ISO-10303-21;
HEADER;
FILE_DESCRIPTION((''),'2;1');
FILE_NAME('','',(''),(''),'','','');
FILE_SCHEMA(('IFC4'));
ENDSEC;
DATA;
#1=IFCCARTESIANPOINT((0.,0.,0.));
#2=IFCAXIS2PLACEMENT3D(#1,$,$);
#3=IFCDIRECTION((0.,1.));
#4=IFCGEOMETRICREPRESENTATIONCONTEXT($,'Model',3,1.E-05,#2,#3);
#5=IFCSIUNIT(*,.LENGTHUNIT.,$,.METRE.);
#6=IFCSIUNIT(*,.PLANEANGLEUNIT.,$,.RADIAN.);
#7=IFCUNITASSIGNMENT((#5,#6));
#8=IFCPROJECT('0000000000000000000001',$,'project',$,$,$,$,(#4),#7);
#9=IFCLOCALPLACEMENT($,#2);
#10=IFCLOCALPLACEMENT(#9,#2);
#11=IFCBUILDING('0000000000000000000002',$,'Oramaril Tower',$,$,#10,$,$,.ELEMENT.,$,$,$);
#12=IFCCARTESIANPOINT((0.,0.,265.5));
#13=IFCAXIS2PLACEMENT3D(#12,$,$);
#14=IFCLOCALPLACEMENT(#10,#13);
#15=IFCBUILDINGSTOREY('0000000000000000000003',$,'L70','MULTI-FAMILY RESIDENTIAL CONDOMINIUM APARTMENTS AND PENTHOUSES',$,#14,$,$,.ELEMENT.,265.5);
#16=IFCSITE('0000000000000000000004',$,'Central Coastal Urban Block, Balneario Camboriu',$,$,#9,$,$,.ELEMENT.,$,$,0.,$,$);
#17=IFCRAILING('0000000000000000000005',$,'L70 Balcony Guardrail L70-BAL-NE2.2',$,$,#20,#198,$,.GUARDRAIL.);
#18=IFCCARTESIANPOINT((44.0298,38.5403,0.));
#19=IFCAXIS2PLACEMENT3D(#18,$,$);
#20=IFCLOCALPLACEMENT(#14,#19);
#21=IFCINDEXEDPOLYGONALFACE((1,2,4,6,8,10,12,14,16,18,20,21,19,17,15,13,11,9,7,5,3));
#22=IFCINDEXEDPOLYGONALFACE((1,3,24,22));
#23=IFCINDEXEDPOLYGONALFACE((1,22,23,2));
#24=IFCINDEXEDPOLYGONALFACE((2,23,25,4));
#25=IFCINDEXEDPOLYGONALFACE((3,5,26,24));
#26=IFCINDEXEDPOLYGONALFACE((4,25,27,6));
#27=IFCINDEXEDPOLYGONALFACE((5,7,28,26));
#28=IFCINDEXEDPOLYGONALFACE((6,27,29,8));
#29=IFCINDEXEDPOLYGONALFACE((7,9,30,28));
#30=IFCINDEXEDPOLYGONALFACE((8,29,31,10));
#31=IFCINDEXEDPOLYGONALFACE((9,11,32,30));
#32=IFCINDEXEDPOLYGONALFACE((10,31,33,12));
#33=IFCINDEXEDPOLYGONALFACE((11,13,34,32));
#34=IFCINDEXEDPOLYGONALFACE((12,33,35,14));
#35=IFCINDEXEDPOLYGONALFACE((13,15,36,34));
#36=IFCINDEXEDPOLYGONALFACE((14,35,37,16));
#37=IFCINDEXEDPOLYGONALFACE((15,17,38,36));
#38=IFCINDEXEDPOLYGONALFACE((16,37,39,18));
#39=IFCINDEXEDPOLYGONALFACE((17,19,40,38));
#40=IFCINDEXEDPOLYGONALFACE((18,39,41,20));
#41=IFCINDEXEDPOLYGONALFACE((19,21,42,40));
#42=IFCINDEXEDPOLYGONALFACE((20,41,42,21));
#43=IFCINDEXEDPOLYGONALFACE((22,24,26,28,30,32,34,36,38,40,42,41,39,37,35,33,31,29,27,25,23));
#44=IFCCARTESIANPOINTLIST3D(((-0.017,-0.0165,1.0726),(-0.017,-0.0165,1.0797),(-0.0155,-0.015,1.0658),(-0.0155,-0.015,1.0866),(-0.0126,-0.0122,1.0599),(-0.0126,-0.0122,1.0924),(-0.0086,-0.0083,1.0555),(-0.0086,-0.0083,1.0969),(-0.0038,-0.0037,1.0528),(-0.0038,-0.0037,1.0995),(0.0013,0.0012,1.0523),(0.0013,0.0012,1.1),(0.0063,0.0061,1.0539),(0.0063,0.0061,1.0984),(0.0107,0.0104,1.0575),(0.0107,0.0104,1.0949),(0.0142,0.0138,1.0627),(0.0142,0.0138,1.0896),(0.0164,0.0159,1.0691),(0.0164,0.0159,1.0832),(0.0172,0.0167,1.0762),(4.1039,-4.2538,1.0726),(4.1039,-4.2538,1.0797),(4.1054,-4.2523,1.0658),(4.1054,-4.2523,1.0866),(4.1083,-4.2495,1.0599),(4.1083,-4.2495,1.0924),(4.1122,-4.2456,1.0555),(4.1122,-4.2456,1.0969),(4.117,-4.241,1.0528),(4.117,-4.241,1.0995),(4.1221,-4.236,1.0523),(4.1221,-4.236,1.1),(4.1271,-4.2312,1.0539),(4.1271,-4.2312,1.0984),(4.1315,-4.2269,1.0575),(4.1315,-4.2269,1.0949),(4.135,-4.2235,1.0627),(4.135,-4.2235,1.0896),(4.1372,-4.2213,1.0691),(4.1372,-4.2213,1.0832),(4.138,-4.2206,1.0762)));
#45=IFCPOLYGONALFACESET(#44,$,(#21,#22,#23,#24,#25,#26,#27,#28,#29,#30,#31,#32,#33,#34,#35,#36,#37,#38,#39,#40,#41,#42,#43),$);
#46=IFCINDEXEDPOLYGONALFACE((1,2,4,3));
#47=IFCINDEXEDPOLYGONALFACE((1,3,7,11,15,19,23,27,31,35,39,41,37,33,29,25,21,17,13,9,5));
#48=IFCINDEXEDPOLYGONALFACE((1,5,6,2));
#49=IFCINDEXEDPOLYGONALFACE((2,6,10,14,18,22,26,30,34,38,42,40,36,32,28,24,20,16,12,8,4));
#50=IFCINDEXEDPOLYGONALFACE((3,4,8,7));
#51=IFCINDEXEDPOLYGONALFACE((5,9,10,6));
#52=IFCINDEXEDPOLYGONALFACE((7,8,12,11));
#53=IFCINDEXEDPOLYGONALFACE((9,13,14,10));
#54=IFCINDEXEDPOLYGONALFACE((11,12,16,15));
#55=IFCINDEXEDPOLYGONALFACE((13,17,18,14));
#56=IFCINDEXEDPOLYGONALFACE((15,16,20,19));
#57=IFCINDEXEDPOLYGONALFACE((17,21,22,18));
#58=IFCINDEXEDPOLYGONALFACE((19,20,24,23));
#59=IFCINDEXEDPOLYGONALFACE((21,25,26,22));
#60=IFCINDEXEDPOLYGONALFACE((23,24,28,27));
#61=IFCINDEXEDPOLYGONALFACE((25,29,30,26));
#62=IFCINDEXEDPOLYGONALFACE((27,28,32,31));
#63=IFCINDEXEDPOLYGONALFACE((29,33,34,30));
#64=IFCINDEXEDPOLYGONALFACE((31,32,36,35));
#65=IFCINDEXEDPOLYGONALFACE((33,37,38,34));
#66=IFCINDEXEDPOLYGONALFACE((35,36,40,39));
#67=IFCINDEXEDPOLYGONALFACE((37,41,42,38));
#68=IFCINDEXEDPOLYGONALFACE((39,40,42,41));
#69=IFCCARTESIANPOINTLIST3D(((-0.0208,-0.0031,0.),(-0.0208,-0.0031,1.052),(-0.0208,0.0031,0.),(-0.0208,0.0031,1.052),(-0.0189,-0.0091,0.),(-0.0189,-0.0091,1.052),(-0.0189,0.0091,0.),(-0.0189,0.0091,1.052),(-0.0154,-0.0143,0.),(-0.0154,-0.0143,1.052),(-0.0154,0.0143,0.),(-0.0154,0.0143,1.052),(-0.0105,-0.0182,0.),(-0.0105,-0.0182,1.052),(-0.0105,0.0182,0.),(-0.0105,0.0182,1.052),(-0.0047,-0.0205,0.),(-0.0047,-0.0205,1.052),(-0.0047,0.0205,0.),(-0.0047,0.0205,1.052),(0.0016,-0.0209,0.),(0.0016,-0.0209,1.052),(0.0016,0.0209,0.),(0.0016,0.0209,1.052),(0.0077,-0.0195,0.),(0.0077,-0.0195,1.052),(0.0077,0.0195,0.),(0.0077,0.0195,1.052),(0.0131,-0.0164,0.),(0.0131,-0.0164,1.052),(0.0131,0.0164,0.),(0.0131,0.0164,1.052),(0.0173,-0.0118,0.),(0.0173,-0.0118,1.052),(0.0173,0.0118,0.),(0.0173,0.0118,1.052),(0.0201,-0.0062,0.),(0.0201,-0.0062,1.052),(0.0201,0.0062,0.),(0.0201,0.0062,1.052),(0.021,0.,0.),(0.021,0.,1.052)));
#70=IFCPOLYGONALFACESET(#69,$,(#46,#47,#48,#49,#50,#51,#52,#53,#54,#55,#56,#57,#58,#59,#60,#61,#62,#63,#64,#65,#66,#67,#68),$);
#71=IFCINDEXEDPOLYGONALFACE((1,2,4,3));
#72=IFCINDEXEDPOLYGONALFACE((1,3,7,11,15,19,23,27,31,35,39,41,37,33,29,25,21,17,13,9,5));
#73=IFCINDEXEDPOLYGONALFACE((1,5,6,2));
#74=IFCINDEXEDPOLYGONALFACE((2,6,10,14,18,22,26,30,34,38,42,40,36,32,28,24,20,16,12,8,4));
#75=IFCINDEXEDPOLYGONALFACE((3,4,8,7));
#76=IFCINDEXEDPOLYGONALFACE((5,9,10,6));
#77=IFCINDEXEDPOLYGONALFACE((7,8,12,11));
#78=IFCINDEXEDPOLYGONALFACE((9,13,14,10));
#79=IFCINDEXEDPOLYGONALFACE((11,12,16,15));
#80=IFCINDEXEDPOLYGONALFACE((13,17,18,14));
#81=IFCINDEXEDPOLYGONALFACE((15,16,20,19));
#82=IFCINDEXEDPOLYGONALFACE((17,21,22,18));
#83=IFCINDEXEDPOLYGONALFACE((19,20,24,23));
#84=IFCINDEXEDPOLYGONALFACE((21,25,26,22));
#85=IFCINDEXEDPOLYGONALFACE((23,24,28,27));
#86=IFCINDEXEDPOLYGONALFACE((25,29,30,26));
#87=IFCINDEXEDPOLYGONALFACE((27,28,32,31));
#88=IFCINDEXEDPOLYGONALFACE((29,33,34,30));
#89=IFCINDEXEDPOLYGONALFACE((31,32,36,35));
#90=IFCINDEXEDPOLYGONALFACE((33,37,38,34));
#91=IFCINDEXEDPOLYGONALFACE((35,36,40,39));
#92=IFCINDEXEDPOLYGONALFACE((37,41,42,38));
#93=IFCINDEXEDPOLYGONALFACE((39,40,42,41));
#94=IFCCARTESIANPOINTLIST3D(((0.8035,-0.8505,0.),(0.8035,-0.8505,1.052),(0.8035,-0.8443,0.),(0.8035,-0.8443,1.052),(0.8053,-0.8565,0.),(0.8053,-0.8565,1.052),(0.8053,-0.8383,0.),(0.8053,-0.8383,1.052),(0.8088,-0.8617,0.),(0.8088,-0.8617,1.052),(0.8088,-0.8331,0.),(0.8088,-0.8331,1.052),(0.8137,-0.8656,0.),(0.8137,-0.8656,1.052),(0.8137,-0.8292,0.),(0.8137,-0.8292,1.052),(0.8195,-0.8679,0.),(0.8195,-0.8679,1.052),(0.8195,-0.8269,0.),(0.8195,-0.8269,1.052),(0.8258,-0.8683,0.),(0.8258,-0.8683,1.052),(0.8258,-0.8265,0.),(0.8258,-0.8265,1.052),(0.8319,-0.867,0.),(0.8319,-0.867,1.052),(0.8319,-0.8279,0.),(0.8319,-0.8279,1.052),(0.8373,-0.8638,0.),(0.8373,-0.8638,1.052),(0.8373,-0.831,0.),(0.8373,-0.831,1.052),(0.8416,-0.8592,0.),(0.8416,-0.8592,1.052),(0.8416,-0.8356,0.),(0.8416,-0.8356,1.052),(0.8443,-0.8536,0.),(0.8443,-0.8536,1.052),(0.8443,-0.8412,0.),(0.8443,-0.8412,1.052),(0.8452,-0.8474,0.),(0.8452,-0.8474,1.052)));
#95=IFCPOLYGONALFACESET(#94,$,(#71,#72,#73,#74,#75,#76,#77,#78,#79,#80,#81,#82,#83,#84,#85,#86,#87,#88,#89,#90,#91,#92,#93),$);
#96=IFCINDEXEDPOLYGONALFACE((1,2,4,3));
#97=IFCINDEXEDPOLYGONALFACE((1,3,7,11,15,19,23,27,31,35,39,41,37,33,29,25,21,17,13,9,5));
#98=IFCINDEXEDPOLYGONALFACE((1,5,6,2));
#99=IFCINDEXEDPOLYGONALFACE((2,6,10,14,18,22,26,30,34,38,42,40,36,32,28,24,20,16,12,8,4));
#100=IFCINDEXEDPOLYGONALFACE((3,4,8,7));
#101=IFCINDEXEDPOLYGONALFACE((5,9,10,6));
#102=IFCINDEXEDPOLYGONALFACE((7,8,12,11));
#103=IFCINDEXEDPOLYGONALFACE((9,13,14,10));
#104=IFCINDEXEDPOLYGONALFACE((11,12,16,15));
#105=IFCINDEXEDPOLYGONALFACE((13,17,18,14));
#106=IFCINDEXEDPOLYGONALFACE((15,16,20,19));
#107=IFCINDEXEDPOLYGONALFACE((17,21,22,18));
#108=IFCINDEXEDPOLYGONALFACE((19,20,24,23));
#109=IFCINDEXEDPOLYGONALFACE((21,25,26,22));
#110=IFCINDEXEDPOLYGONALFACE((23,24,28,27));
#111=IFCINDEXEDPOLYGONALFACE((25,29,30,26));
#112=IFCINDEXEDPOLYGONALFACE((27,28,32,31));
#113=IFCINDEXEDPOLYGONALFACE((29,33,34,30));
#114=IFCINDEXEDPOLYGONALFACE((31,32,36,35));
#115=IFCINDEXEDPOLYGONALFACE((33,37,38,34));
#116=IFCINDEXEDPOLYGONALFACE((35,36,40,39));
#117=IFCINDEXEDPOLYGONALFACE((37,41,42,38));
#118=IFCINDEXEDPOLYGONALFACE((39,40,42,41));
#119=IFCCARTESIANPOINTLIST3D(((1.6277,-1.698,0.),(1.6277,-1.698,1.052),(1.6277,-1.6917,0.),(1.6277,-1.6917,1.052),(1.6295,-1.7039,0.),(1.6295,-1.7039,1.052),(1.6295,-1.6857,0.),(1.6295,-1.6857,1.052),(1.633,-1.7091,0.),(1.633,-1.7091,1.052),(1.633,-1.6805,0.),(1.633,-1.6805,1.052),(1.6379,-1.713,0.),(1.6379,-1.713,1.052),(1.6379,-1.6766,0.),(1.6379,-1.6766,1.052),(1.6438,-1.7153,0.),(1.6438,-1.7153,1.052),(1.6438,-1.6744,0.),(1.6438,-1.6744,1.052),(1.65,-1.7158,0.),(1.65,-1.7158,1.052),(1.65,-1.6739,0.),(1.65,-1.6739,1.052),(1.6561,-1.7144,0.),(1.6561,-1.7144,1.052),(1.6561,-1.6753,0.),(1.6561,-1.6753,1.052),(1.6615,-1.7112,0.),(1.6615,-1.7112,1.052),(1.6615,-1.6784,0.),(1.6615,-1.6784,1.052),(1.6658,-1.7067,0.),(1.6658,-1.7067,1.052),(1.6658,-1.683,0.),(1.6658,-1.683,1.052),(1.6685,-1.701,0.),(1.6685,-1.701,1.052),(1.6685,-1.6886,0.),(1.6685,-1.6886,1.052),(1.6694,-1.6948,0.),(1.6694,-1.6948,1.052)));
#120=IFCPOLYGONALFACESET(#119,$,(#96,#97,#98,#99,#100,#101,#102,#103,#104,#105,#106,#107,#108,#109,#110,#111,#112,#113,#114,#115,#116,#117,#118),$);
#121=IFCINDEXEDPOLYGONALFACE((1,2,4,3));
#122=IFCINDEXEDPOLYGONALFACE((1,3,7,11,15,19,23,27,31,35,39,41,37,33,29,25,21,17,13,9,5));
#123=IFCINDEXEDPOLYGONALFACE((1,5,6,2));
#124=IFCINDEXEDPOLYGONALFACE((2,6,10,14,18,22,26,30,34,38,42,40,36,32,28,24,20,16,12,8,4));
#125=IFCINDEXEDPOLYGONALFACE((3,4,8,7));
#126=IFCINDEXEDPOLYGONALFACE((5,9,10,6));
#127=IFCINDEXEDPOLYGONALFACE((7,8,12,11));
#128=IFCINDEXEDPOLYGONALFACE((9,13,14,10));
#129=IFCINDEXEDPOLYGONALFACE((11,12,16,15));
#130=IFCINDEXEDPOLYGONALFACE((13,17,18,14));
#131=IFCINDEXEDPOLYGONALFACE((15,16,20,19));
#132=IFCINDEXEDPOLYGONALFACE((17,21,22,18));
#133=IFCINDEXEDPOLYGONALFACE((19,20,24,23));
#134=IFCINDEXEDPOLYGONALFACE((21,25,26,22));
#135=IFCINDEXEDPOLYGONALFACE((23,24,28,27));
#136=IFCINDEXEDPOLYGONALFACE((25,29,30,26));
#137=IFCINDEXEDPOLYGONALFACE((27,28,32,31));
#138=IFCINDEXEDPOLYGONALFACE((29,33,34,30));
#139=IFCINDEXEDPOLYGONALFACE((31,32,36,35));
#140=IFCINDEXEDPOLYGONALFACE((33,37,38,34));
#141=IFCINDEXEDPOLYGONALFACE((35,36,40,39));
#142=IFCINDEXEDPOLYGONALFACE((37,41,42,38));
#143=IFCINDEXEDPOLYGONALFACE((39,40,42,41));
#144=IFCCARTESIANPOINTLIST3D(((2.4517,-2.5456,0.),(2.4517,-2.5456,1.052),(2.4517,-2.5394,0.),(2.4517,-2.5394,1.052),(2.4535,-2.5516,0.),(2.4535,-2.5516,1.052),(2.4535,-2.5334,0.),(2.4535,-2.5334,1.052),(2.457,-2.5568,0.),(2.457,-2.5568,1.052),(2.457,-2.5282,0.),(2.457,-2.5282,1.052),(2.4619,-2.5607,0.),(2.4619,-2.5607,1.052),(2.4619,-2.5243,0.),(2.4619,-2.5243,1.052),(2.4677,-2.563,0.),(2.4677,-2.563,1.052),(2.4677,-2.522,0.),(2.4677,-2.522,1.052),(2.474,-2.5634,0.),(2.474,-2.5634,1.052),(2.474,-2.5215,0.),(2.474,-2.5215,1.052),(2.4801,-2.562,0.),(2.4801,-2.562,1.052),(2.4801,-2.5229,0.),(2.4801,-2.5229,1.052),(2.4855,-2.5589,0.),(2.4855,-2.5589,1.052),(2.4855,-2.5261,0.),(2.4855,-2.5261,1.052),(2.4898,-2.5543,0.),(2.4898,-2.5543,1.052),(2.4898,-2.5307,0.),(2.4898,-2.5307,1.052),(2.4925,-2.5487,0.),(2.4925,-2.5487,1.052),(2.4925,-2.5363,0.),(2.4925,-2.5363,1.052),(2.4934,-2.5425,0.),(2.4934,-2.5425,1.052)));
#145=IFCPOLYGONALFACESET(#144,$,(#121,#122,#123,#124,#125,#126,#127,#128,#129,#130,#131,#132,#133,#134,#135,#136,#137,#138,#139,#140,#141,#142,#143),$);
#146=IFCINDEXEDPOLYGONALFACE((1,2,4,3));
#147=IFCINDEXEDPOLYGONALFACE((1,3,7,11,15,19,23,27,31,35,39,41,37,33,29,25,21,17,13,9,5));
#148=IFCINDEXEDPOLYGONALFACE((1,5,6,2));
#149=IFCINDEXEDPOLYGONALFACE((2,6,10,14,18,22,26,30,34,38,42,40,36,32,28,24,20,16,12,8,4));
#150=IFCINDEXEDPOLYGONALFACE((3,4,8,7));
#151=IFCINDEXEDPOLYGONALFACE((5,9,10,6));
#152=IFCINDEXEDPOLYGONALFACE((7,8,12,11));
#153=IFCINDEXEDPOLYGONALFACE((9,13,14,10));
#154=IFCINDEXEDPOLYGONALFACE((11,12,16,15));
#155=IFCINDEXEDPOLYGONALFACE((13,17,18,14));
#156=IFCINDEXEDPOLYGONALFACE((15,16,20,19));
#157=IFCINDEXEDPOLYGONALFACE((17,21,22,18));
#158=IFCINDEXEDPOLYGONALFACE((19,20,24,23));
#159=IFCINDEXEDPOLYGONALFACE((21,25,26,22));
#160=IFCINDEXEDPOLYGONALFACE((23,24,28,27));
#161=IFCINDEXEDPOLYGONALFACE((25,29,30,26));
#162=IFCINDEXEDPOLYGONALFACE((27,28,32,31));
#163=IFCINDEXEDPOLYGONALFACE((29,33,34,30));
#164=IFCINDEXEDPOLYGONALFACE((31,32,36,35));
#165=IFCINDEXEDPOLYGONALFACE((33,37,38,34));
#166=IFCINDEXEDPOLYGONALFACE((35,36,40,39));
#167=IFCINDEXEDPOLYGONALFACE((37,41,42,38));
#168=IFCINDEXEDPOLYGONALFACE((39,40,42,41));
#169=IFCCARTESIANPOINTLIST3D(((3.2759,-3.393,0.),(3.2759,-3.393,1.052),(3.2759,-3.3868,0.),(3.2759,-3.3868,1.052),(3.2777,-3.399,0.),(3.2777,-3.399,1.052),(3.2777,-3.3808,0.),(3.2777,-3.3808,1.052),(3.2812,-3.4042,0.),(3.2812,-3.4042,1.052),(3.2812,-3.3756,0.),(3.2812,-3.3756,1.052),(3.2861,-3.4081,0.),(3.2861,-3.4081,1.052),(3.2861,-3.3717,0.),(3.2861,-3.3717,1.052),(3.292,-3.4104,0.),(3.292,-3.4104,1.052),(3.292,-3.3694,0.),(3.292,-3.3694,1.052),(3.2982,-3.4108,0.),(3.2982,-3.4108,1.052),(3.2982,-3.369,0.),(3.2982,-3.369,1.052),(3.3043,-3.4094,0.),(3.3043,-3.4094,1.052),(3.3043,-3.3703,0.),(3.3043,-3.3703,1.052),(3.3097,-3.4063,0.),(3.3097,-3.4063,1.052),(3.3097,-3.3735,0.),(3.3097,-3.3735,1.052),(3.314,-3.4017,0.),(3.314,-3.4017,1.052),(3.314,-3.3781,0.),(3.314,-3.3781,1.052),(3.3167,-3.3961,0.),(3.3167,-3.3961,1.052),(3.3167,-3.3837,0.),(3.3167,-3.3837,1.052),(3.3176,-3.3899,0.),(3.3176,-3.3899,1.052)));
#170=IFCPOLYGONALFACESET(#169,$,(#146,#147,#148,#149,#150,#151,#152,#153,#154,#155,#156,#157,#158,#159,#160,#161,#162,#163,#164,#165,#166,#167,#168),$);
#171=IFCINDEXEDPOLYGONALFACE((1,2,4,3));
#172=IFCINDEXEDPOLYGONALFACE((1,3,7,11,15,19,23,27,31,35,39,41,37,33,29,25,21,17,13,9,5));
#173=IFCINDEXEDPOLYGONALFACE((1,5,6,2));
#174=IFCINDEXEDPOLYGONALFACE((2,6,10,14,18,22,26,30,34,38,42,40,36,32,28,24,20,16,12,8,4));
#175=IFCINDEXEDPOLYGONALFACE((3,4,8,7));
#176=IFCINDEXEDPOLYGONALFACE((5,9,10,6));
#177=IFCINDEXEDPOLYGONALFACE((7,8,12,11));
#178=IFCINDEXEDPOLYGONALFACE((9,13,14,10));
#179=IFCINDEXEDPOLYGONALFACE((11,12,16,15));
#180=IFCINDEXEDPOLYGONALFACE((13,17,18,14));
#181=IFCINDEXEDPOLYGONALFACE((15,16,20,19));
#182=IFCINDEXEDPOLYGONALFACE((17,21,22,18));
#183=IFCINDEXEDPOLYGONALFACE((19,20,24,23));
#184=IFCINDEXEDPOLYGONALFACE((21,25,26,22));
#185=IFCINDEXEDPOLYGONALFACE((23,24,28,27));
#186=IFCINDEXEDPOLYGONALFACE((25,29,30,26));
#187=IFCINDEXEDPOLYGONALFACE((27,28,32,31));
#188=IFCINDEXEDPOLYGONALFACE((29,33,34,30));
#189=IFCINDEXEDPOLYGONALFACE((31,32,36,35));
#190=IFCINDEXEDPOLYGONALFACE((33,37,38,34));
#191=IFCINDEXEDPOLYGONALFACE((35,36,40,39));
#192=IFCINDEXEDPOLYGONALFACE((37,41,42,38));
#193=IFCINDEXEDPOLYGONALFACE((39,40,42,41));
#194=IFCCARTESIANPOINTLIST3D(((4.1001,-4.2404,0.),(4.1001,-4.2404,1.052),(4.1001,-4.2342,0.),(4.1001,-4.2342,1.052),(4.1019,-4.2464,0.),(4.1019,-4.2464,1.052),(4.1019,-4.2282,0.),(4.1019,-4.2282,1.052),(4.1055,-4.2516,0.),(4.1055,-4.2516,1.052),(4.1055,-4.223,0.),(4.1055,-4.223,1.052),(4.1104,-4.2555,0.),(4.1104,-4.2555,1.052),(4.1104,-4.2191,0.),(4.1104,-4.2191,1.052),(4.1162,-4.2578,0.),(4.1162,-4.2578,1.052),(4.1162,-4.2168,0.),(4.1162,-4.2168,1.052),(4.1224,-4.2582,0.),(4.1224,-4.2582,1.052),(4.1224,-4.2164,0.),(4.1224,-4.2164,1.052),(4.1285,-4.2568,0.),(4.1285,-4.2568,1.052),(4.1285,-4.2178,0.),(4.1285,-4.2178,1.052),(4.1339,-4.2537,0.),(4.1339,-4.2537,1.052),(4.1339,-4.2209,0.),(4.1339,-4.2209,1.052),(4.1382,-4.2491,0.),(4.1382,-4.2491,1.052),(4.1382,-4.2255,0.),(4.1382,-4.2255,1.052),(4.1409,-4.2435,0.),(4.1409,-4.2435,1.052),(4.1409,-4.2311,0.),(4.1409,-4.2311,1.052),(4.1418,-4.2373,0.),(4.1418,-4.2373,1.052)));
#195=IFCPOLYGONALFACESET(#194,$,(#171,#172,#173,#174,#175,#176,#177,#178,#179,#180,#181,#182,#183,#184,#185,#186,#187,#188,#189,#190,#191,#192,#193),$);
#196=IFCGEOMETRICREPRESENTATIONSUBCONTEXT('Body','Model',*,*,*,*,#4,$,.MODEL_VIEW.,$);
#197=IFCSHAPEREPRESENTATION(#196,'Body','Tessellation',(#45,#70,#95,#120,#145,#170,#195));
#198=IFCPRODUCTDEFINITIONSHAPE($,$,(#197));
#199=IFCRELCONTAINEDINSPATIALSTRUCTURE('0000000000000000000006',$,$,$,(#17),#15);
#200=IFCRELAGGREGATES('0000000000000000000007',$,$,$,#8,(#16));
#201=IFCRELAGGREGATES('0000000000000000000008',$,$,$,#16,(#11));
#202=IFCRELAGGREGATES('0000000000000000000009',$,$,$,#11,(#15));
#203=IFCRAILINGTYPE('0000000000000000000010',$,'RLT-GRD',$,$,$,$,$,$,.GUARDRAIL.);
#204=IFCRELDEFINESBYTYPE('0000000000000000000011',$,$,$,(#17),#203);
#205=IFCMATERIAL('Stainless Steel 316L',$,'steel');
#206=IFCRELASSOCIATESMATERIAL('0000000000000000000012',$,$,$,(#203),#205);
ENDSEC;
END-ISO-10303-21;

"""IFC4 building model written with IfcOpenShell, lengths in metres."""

from ifc_helpers import new_model, si_unit, direction, frame, origin, origin_2d, place, context, subcontext, project, spatial, circle, extrude, material, type_object, element, save


model = new_model("IFC4")

# Units and contexts
model_context = context("Model", 3, precision=1e-05, world=origin(), true_north=direction((0.0, 1.0)))
body_context = subcontext(model_context, "Body", "Model", "MODEL_VIEW")
ifc_project = project(units=[si_unit("LENGTHUNIT", "METRE"), si_unit("PLANEANGLEUNIT", "RADIAN")], contexts=[model_context])

# Site, building, storey
site_placement = place(None, origin())
site = spatial("IfcSite", under=ifc_project, at=site_placement, Name="Central Coastal Urban Block, Balneario Camboriu", CompositionType="ELEMENT", RefElevation=0.0)
building_placement = place(site_placement, origin())
building = spatial("IfcBuilding", under=site, at=building_placement, Name="Oramaril Tower", CompositionType="ELEMENT")
storey_placement = place(building_placement, frame((0.0, 0.0, 265.5)))
storey = spatial("IfcBuildingStorey", under=building, at=storey_placement, Name="L70", Description="MULTI-FAMILY RESIDENTIAL CONDOMINIUM APARTMENTS AND PENTHOUSES", CompositionType="ELEMENT", Elevation=265.5)

# Railing
ifc_material_1 = material(Name="Stainless Steel 316L", Category="steel")
railing_type = type_object("IfcRailingType", Name="RLT-GRD", PredefinedType="GUARDRAIL", material=ifc_material_1)
railing_1_placement = place(storey_placement, frame((44.0298, 38.5403, 0.0)))
element("IfcRailing", 1, at=railing_1_placement, inside=storey, type_object=railing_type, Name="L70 Balcony Guardrail L70-BAL-NE2.2", PredefinedType="GUARDRAIL", context=body_context, shape_type="SweptSolid", body=[
    extrude(circle(Radius=0.0239, at=origin_2d()), frame((0.0, 0.0, 1.0762), z_axis=(0.697187, -0.716889, 0.0), x_axis=(0.716889, 0.697187, 0.0)), (0.0, 0.0, 1.0), 5.9106),
    extrude(circle(Radius=0.021, at=origin_2d()), origin(), (0.0, 0.0, 1.0), 1.052),
    extrude(circle(Radius=0.021, at=origin_2d()), frame((0.8242, -0.8474, 0.0)), (0.0, 0.0, 1.0), 1.052),
    extrude(circle(Radius=0.021, at=origin_2d()), frame((1.6484, -1.6948, 0.0)), (0.0, 0.0, 1.0), 1.052),
    extrude(circle(Radius=0.021, at=origin_2d()), frame((2.4724, -2.5425, 0.0)), (0.0, 0.0, 1.0), 1.052),
    extrude(circle(Radius=0.021, at=origin_2d()), frame((3.2966, -3.3899, 0.0)), (0.0, 0.0, 1.0), 1.052),
    extrude(circle(Radius=0.021, at=origin_2d()), frame((4.1208, -4.2373, 0.0)), (0.0, 0.0, 1.0), 1.052),
])

save(model, "model.ifc")
